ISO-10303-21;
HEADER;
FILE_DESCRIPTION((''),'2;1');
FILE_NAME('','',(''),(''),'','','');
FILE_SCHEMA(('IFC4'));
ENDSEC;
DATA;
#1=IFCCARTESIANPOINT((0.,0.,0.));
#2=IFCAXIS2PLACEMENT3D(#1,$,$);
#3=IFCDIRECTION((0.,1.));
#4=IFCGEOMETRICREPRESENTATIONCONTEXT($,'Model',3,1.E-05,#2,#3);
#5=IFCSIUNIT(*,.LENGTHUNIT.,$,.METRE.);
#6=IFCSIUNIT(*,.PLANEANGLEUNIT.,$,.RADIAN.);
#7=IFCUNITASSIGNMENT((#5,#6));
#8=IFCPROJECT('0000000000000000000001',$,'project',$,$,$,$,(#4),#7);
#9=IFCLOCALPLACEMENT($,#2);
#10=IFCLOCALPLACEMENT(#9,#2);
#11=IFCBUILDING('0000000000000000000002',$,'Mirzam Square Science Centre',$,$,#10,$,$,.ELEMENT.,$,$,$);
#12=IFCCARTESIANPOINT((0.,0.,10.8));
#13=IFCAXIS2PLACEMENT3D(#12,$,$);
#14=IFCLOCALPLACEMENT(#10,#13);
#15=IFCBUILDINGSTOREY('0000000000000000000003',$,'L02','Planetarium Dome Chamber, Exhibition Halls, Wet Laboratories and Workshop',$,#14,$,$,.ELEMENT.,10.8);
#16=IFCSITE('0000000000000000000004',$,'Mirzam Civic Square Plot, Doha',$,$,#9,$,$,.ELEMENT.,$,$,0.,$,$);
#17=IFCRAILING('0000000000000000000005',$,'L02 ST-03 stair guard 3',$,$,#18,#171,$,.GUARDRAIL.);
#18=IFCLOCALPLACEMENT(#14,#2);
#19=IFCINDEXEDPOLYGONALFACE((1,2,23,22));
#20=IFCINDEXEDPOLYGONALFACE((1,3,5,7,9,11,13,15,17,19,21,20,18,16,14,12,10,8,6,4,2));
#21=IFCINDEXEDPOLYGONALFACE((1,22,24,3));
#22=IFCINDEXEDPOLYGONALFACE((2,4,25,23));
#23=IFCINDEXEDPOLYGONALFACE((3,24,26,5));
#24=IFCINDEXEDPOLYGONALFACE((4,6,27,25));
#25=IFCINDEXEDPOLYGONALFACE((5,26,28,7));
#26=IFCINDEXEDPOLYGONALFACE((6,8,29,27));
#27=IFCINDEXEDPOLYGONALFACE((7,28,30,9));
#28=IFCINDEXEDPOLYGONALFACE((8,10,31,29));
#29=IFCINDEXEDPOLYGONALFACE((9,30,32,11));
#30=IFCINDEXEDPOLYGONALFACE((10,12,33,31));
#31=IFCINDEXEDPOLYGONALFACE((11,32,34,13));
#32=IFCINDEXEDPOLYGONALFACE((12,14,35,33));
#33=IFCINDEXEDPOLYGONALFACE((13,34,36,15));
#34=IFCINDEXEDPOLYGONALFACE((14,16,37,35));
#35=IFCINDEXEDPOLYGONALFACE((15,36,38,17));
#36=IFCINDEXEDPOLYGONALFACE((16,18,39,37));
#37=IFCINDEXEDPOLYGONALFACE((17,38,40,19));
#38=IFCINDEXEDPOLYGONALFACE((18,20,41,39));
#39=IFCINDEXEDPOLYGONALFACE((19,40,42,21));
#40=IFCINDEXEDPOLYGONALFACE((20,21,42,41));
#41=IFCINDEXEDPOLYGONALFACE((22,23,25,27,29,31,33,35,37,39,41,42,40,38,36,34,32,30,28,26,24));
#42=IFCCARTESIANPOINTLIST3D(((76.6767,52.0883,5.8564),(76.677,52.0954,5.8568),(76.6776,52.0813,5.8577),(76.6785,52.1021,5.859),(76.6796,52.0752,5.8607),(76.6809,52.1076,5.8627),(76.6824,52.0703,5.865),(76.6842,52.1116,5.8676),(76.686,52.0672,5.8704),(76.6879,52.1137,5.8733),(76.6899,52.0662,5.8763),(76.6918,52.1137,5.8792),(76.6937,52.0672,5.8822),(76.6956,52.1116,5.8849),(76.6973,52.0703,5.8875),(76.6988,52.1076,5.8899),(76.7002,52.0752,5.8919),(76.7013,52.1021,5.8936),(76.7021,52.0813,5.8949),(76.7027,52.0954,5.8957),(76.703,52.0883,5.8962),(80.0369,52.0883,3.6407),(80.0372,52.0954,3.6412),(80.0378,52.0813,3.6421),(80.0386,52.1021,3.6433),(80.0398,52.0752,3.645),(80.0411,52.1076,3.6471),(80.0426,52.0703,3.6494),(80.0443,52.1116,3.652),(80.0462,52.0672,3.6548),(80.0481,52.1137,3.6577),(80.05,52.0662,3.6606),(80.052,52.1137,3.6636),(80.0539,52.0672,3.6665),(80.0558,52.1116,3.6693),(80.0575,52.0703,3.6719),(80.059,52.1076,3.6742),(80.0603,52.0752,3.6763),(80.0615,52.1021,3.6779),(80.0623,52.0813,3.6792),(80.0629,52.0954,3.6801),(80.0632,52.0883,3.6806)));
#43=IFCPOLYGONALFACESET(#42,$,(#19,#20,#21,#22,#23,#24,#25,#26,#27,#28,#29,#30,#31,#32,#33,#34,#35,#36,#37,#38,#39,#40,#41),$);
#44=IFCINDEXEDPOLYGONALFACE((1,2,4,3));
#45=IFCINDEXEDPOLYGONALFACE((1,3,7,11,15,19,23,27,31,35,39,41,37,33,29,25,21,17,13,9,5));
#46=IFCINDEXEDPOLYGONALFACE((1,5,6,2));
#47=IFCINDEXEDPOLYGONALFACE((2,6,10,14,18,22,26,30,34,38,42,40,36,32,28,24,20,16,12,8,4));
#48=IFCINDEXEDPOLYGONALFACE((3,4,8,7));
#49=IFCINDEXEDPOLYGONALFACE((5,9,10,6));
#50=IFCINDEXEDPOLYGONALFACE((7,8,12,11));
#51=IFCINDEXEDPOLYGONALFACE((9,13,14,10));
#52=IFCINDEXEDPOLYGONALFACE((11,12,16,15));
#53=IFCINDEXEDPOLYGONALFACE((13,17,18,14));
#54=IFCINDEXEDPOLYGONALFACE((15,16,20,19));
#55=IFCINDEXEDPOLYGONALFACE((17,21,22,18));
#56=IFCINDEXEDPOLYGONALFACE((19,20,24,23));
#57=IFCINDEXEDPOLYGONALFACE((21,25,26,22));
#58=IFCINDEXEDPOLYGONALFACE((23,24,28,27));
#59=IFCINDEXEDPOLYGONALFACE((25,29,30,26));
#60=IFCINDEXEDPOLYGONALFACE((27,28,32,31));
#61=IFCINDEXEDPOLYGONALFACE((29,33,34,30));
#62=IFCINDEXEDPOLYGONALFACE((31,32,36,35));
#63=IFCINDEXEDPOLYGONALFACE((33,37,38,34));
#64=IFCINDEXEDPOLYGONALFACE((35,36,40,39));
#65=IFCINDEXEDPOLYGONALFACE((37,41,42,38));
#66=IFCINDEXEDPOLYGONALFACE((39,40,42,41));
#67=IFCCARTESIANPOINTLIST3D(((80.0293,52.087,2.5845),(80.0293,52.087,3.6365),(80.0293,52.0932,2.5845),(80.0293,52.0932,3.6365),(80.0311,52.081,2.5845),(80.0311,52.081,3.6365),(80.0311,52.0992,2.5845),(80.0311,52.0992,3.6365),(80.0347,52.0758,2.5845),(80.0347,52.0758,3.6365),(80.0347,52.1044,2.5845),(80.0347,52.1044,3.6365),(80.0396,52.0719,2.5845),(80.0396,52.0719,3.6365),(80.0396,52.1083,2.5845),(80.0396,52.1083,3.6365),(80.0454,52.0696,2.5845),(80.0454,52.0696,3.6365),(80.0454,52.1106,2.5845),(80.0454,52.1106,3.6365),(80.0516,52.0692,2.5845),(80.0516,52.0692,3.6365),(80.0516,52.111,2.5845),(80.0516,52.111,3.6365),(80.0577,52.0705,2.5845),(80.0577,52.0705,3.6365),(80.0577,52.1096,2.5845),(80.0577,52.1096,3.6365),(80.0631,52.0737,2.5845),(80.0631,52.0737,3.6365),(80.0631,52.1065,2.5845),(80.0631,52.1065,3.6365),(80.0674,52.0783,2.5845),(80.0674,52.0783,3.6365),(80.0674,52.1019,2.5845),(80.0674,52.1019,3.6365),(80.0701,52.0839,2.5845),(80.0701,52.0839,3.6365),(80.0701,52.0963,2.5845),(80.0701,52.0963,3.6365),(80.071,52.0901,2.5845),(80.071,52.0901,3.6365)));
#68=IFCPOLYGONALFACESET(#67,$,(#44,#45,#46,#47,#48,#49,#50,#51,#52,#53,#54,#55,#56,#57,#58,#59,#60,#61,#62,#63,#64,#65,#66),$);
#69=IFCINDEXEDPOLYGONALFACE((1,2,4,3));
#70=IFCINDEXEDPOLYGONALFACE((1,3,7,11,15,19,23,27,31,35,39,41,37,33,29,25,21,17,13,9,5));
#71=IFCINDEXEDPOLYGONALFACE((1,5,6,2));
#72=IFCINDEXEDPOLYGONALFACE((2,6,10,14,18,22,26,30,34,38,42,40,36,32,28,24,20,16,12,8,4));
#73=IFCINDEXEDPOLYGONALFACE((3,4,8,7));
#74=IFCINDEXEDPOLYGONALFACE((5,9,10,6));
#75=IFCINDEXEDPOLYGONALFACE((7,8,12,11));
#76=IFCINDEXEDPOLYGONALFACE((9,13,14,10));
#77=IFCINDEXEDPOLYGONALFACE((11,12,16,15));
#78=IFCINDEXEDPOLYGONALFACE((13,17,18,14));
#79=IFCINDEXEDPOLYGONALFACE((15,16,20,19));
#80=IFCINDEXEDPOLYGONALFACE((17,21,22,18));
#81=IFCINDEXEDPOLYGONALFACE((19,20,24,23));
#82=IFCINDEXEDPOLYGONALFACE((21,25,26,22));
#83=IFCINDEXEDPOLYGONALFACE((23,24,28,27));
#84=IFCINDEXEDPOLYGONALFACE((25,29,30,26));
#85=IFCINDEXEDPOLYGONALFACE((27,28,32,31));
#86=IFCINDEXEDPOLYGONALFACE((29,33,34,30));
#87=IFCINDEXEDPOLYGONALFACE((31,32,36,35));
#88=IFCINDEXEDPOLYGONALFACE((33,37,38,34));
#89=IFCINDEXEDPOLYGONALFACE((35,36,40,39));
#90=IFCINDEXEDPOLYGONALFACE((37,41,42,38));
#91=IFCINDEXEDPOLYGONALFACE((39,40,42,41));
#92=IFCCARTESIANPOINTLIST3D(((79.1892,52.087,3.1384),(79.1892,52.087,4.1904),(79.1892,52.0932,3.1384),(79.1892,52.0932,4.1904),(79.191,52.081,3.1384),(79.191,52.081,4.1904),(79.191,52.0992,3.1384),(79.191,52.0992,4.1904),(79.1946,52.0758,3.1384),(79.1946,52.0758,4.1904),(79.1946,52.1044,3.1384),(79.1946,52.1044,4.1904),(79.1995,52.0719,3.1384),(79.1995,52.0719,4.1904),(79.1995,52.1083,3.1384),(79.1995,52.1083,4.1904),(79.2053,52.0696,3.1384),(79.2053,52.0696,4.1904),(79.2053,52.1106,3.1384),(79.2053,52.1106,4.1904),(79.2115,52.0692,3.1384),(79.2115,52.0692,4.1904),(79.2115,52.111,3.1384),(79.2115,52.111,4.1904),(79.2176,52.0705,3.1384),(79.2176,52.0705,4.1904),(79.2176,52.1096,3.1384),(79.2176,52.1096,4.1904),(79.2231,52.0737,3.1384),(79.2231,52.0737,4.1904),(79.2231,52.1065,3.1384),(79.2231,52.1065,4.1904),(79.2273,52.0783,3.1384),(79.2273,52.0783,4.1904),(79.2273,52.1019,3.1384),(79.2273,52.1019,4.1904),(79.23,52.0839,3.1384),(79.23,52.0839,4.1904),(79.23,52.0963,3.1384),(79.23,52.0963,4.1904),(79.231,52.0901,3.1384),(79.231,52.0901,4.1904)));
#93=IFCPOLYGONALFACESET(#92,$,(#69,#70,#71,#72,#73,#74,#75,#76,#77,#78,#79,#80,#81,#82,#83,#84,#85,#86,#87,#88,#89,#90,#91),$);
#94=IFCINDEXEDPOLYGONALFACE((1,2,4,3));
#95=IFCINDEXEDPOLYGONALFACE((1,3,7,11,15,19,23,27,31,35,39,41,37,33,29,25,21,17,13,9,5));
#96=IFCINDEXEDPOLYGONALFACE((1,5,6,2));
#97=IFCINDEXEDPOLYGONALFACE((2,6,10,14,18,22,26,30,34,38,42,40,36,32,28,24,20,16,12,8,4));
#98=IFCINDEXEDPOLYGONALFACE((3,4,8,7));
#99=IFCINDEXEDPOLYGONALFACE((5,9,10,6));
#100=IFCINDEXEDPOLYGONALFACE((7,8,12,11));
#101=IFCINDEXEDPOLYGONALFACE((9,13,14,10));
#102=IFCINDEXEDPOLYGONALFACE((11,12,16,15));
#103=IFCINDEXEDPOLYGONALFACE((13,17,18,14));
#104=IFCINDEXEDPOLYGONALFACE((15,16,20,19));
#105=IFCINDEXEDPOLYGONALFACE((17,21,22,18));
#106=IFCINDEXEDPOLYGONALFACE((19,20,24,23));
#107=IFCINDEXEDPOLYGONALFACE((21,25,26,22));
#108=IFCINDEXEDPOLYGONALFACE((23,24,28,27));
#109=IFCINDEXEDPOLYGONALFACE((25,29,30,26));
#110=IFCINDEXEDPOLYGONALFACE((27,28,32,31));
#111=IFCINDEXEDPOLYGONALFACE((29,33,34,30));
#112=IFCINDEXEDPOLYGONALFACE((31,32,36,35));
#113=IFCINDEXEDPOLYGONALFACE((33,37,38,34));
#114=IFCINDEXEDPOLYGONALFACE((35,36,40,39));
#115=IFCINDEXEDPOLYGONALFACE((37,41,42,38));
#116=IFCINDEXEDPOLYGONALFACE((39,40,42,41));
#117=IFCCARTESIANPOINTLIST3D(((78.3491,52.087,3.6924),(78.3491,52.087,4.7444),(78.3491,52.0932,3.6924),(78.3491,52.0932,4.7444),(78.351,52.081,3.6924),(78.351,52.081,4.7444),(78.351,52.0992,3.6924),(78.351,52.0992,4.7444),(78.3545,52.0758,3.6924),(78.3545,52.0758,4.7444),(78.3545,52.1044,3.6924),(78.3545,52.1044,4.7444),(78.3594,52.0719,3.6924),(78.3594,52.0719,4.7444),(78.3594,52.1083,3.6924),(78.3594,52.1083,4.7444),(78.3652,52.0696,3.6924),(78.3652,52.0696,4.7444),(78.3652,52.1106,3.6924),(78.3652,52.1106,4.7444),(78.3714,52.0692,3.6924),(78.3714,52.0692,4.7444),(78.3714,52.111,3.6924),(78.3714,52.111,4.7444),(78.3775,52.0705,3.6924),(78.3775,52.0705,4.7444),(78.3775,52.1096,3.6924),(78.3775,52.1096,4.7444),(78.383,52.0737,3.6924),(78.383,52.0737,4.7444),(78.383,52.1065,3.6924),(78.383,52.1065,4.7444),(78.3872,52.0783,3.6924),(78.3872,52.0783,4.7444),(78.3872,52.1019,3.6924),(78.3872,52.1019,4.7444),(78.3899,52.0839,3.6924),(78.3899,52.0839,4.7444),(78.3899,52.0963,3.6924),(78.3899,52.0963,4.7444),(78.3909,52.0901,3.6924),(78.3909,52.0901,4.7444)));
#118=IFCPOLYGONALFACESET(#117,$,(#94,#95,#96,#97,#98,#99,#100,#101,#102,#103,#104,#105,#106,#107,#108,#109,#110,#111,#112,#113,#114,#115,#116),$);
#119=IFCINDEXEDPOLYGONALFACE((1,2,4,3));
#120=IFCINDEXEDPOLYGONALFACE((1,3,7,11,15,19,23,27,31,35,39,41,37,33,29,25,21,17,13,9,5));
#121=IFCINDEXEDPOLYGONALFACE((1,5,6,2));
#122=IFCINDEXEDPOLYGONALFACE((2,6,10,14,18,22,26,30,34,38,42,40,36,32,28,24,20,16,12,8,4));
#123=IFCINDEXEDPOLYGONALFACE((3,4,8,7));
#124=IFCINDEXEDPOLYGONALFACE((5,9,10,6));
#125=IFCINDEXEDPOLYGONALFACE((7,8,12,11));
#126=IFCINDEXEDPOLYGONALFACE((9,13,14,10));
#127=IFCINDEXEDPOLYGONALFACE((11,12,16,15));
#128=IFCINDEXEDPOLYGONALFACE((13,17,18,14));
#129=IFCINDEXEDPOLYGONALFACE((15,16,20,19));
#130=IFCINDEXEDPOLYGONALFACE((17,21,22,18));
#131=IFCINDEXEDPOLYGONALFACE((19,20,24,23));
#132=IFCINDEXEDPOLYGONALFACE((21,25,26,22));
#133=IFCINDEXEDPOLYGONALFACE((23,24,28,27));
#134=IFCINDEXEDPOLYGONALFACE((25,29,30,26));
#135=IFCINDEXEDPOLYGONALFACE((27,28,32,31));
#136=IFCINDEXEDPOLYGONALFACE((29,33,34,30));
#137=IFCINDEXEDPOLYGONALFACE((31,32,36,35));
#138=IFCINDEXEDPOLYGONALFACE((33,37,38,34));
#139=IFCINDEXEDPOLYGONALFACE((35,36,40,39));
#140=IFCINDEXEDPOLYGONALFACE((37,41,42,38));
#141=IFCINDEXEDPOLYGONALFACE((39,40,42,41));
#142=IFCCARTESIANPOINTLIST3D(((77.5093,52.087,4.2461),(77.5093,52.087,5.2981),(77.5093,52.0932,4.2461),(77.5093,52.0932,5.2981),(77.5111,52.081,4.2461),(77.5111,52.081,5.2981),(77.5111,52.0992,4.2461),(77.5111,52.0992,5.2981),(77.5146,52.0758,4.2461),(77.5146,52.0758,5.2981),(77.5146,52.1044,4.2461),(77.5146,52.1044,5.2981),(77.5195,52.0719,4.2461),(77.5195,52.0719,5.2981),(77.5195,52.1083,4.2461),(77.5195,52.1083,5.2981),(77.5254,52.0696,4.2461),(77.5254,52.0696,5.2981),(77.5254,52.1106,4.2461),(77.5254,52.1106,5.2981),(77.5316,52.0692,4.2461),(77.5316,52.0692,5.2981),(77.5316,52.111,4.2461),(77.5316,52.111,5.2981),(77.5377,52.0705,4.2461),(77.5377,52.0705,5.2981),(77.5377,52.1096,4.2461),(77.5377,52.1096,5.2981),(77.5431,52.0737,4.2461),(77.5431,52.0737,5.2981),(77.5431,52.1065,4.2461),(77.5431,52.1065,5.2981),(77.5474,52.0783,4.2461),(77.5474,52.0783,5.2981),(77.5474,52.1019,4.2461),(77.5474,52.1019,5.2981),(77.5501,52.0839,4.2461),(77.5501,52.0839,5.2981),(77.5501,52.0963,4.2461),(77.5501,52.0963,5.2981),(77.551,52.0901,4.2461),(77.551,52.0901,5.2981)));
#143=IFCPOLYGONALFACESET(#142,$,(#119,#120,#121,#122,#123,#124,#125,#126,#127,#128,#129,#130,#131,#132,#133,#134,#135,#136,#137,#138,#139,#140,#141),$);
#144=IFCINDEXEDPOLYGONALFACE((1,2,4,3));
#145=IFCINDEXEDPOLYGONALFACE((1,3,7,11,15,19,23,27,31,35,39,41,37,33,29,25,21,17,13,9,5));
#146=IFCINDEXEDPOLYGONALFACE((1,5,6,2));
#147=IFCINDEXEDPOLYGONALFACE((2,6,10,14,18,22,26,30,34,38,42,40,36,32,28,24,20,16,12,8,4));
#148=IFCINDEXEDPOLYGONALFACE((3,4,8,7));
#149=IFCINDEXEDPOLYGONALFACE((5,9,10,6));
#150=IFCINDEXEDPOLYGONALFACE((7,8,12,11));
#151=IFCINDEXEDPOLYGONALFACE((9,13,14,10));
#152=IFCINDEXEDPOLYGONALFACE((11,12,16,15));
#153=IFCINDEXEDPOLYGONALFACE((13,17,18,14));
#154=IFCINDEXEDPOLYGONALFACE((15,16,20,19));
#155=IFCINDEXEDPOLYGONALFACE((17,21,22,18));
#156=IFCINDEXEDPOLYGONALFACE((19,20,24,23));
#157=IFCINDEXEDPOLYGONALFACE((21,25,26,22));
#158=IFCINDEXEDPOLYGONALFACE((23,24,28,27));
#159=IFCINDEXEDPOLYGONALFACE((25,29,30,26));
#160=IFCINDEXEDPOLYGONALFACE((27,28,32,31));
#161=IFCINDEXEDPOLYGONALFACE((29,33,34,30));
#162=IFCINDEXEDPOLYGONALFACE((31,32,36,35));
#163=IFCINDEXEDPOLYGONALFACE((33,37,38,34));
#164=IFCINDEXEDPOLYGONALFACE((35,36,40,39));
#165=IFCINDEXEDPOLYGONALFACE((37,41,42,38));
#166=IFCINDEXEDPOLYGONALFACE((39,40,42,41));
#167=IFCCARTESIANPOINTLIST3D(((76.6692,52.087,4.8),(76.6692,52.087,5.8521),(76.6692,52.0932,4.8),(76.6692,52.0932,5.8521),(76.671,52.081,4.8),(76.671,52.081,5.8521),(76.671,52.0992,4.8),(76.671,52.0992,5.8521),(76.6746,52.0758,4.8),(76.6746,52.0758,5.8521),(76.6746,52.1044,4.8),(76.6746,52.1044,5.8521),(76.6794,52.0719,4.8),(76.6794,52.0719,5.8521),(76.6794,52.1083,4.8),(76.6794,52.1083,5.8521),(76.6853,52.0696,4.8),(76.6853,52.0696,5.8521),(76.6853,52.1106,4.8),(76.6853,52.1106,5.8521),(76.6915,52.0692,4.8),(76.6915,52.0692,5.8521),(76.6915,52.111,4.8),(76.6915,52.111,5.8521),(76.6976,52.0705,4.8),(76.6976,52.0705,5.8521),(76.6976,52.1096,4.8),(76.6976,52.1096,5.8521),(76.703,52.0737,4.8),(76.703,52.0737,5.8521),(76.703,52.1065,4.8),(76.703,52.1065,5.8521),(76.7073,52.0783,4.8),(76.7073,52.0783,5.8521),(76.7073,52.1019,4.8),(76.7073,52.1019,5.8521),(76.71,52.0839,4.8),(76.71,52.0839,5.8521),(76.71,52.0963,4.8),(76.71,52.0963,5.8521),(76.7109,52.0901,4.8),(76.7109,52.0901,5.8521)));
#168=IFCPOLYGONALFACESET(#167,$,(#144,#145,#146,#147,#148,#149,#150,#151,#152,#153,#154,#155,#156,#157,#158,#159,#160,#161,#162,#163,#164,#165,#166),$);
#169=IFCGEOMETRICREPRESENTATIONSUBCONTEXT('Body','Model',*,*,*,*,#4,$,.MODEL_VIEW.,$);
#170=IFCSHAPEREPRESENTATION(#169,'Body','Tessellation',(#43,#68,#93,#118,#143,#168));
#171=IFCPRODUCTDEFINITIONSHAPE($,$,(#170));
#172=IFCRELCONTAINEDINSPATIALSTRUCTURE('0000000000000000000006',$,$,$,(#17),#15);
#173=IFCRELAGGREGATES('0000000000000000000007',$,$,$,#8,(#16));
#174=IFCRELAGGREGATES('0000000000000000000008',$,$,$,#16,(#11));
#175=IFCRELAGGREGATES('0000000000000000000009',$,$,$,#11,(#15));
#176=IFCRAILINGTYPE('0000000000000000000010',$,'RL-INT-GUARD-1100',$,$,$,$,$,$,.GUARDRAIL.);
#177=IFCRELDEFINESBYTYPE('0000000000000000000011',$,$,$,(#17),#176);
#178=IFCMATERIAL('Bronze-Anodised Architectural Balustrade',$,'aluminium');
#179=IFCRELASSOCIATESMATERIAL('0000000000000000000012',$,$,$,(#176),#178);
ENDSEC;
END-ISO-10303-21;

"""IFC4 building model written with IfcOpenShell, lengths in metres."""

from ifc_helpers import new_model, si_unit, direction, frame, origin, origin_2d, place, context, subcontext, project, spatial, circle, extrude, material, type_object, element, save


model = new_model("IFC4")

# Units and contexts
model_context = context("Model", 3, precision=1e-05, world=origin(), true_north=direction((0.0, 1.0)))
body_context = subcontext(model_context, "Body", "Model", "MODEL_VIEW")
ifc_project = project(units=[si_unit("LENGTHUNIT", "METRE"), si_unit("PLANEANGLEUNIT", "RADIAN")], contexts=[model_context])

# Site, building, storey
site_placement = place(None, origin())
site = spatial("IfcSite", under=ifc_project, at=site_placement, Name="Mirzam Civic Square Plot, Doha", CompositionType="ELEMENT", RefElevation=0.0)
building_placement = place(site_placement, origin())
building = spatial("IfcBuilding", under=site, at=building_placement, Name="Mirzam Square Science Centre", CompositionType="ELEMENT")
storey_placement = place(building_placement, frame((0.0, 0.0, 10.8)))
storey = spatial("IfcBuildingStorey", under=building, at=storey_placement, Name="L02", Description="Planetarium Dome Chamber, Exhibition Halls, Wet Laboratories and Workshop", CompositionType="ELEMENT", Elevation=10.8)

# Railing
ifc_material_1 = material(Name="Bronze-Anodised Architectural Balustrade", Category="aluminium")
railing_type_1 = type_object("IfcRailingType", Name="RL-INT-GUARD-1100", PredefinedType="GUARDRAIL", material=ifc_material_1)
railing_1_placement = place(storey_placement, frame((80.05, 52.0901, 2.5845)))
element("IfcRailing", 1, at=railing_1_placement, inside=storey, type_object=railing_type_1, Name="L02 ST-03 stair guard 3", PredefinedType="GUARDRAIL", context=body_context, shape_type="SweptSolid", body=[
    extrude(circle(Radius=0.0239, at=origin_2d()), frame((0.0, 0.0, 1.0762), z_axis=(-0.834849, 0.0, 0.55048), x_axis=(0.0, -1.0, 0.0)), (0.0, 0.0, 1.0), 4.0249),
    extrude(circle(Radius=0.021, at=origin_2d()), origin(), (0.0, 0.0, 1.0), 1.052),
    extrude(circle(Radius=0.021, at=origin_2d()), frame((-0.8401, 0.0, 0.554)), (0.0, 0.0, 1.0), 1.052),
    extrude(circle(Radius=0.021, at=origin_2d()), frame((-1.6802, 0.0, 1.1079)), (0.0, 0.0, 1.0), 1.052),
    extrude(circle(Radius=0.021, at=origin_2d()), frame((-2.52, 0.0, 1.6616)), (0.0, 0.0, 1.0), 1.052),
    extrude(circle(Radius=0.021, at=origin_2d()), frame((-3.3601, 0.0, 2.2156)), (0.0, 0.0, 1.0), 1.052),
])

save(model, "model.ifc")
